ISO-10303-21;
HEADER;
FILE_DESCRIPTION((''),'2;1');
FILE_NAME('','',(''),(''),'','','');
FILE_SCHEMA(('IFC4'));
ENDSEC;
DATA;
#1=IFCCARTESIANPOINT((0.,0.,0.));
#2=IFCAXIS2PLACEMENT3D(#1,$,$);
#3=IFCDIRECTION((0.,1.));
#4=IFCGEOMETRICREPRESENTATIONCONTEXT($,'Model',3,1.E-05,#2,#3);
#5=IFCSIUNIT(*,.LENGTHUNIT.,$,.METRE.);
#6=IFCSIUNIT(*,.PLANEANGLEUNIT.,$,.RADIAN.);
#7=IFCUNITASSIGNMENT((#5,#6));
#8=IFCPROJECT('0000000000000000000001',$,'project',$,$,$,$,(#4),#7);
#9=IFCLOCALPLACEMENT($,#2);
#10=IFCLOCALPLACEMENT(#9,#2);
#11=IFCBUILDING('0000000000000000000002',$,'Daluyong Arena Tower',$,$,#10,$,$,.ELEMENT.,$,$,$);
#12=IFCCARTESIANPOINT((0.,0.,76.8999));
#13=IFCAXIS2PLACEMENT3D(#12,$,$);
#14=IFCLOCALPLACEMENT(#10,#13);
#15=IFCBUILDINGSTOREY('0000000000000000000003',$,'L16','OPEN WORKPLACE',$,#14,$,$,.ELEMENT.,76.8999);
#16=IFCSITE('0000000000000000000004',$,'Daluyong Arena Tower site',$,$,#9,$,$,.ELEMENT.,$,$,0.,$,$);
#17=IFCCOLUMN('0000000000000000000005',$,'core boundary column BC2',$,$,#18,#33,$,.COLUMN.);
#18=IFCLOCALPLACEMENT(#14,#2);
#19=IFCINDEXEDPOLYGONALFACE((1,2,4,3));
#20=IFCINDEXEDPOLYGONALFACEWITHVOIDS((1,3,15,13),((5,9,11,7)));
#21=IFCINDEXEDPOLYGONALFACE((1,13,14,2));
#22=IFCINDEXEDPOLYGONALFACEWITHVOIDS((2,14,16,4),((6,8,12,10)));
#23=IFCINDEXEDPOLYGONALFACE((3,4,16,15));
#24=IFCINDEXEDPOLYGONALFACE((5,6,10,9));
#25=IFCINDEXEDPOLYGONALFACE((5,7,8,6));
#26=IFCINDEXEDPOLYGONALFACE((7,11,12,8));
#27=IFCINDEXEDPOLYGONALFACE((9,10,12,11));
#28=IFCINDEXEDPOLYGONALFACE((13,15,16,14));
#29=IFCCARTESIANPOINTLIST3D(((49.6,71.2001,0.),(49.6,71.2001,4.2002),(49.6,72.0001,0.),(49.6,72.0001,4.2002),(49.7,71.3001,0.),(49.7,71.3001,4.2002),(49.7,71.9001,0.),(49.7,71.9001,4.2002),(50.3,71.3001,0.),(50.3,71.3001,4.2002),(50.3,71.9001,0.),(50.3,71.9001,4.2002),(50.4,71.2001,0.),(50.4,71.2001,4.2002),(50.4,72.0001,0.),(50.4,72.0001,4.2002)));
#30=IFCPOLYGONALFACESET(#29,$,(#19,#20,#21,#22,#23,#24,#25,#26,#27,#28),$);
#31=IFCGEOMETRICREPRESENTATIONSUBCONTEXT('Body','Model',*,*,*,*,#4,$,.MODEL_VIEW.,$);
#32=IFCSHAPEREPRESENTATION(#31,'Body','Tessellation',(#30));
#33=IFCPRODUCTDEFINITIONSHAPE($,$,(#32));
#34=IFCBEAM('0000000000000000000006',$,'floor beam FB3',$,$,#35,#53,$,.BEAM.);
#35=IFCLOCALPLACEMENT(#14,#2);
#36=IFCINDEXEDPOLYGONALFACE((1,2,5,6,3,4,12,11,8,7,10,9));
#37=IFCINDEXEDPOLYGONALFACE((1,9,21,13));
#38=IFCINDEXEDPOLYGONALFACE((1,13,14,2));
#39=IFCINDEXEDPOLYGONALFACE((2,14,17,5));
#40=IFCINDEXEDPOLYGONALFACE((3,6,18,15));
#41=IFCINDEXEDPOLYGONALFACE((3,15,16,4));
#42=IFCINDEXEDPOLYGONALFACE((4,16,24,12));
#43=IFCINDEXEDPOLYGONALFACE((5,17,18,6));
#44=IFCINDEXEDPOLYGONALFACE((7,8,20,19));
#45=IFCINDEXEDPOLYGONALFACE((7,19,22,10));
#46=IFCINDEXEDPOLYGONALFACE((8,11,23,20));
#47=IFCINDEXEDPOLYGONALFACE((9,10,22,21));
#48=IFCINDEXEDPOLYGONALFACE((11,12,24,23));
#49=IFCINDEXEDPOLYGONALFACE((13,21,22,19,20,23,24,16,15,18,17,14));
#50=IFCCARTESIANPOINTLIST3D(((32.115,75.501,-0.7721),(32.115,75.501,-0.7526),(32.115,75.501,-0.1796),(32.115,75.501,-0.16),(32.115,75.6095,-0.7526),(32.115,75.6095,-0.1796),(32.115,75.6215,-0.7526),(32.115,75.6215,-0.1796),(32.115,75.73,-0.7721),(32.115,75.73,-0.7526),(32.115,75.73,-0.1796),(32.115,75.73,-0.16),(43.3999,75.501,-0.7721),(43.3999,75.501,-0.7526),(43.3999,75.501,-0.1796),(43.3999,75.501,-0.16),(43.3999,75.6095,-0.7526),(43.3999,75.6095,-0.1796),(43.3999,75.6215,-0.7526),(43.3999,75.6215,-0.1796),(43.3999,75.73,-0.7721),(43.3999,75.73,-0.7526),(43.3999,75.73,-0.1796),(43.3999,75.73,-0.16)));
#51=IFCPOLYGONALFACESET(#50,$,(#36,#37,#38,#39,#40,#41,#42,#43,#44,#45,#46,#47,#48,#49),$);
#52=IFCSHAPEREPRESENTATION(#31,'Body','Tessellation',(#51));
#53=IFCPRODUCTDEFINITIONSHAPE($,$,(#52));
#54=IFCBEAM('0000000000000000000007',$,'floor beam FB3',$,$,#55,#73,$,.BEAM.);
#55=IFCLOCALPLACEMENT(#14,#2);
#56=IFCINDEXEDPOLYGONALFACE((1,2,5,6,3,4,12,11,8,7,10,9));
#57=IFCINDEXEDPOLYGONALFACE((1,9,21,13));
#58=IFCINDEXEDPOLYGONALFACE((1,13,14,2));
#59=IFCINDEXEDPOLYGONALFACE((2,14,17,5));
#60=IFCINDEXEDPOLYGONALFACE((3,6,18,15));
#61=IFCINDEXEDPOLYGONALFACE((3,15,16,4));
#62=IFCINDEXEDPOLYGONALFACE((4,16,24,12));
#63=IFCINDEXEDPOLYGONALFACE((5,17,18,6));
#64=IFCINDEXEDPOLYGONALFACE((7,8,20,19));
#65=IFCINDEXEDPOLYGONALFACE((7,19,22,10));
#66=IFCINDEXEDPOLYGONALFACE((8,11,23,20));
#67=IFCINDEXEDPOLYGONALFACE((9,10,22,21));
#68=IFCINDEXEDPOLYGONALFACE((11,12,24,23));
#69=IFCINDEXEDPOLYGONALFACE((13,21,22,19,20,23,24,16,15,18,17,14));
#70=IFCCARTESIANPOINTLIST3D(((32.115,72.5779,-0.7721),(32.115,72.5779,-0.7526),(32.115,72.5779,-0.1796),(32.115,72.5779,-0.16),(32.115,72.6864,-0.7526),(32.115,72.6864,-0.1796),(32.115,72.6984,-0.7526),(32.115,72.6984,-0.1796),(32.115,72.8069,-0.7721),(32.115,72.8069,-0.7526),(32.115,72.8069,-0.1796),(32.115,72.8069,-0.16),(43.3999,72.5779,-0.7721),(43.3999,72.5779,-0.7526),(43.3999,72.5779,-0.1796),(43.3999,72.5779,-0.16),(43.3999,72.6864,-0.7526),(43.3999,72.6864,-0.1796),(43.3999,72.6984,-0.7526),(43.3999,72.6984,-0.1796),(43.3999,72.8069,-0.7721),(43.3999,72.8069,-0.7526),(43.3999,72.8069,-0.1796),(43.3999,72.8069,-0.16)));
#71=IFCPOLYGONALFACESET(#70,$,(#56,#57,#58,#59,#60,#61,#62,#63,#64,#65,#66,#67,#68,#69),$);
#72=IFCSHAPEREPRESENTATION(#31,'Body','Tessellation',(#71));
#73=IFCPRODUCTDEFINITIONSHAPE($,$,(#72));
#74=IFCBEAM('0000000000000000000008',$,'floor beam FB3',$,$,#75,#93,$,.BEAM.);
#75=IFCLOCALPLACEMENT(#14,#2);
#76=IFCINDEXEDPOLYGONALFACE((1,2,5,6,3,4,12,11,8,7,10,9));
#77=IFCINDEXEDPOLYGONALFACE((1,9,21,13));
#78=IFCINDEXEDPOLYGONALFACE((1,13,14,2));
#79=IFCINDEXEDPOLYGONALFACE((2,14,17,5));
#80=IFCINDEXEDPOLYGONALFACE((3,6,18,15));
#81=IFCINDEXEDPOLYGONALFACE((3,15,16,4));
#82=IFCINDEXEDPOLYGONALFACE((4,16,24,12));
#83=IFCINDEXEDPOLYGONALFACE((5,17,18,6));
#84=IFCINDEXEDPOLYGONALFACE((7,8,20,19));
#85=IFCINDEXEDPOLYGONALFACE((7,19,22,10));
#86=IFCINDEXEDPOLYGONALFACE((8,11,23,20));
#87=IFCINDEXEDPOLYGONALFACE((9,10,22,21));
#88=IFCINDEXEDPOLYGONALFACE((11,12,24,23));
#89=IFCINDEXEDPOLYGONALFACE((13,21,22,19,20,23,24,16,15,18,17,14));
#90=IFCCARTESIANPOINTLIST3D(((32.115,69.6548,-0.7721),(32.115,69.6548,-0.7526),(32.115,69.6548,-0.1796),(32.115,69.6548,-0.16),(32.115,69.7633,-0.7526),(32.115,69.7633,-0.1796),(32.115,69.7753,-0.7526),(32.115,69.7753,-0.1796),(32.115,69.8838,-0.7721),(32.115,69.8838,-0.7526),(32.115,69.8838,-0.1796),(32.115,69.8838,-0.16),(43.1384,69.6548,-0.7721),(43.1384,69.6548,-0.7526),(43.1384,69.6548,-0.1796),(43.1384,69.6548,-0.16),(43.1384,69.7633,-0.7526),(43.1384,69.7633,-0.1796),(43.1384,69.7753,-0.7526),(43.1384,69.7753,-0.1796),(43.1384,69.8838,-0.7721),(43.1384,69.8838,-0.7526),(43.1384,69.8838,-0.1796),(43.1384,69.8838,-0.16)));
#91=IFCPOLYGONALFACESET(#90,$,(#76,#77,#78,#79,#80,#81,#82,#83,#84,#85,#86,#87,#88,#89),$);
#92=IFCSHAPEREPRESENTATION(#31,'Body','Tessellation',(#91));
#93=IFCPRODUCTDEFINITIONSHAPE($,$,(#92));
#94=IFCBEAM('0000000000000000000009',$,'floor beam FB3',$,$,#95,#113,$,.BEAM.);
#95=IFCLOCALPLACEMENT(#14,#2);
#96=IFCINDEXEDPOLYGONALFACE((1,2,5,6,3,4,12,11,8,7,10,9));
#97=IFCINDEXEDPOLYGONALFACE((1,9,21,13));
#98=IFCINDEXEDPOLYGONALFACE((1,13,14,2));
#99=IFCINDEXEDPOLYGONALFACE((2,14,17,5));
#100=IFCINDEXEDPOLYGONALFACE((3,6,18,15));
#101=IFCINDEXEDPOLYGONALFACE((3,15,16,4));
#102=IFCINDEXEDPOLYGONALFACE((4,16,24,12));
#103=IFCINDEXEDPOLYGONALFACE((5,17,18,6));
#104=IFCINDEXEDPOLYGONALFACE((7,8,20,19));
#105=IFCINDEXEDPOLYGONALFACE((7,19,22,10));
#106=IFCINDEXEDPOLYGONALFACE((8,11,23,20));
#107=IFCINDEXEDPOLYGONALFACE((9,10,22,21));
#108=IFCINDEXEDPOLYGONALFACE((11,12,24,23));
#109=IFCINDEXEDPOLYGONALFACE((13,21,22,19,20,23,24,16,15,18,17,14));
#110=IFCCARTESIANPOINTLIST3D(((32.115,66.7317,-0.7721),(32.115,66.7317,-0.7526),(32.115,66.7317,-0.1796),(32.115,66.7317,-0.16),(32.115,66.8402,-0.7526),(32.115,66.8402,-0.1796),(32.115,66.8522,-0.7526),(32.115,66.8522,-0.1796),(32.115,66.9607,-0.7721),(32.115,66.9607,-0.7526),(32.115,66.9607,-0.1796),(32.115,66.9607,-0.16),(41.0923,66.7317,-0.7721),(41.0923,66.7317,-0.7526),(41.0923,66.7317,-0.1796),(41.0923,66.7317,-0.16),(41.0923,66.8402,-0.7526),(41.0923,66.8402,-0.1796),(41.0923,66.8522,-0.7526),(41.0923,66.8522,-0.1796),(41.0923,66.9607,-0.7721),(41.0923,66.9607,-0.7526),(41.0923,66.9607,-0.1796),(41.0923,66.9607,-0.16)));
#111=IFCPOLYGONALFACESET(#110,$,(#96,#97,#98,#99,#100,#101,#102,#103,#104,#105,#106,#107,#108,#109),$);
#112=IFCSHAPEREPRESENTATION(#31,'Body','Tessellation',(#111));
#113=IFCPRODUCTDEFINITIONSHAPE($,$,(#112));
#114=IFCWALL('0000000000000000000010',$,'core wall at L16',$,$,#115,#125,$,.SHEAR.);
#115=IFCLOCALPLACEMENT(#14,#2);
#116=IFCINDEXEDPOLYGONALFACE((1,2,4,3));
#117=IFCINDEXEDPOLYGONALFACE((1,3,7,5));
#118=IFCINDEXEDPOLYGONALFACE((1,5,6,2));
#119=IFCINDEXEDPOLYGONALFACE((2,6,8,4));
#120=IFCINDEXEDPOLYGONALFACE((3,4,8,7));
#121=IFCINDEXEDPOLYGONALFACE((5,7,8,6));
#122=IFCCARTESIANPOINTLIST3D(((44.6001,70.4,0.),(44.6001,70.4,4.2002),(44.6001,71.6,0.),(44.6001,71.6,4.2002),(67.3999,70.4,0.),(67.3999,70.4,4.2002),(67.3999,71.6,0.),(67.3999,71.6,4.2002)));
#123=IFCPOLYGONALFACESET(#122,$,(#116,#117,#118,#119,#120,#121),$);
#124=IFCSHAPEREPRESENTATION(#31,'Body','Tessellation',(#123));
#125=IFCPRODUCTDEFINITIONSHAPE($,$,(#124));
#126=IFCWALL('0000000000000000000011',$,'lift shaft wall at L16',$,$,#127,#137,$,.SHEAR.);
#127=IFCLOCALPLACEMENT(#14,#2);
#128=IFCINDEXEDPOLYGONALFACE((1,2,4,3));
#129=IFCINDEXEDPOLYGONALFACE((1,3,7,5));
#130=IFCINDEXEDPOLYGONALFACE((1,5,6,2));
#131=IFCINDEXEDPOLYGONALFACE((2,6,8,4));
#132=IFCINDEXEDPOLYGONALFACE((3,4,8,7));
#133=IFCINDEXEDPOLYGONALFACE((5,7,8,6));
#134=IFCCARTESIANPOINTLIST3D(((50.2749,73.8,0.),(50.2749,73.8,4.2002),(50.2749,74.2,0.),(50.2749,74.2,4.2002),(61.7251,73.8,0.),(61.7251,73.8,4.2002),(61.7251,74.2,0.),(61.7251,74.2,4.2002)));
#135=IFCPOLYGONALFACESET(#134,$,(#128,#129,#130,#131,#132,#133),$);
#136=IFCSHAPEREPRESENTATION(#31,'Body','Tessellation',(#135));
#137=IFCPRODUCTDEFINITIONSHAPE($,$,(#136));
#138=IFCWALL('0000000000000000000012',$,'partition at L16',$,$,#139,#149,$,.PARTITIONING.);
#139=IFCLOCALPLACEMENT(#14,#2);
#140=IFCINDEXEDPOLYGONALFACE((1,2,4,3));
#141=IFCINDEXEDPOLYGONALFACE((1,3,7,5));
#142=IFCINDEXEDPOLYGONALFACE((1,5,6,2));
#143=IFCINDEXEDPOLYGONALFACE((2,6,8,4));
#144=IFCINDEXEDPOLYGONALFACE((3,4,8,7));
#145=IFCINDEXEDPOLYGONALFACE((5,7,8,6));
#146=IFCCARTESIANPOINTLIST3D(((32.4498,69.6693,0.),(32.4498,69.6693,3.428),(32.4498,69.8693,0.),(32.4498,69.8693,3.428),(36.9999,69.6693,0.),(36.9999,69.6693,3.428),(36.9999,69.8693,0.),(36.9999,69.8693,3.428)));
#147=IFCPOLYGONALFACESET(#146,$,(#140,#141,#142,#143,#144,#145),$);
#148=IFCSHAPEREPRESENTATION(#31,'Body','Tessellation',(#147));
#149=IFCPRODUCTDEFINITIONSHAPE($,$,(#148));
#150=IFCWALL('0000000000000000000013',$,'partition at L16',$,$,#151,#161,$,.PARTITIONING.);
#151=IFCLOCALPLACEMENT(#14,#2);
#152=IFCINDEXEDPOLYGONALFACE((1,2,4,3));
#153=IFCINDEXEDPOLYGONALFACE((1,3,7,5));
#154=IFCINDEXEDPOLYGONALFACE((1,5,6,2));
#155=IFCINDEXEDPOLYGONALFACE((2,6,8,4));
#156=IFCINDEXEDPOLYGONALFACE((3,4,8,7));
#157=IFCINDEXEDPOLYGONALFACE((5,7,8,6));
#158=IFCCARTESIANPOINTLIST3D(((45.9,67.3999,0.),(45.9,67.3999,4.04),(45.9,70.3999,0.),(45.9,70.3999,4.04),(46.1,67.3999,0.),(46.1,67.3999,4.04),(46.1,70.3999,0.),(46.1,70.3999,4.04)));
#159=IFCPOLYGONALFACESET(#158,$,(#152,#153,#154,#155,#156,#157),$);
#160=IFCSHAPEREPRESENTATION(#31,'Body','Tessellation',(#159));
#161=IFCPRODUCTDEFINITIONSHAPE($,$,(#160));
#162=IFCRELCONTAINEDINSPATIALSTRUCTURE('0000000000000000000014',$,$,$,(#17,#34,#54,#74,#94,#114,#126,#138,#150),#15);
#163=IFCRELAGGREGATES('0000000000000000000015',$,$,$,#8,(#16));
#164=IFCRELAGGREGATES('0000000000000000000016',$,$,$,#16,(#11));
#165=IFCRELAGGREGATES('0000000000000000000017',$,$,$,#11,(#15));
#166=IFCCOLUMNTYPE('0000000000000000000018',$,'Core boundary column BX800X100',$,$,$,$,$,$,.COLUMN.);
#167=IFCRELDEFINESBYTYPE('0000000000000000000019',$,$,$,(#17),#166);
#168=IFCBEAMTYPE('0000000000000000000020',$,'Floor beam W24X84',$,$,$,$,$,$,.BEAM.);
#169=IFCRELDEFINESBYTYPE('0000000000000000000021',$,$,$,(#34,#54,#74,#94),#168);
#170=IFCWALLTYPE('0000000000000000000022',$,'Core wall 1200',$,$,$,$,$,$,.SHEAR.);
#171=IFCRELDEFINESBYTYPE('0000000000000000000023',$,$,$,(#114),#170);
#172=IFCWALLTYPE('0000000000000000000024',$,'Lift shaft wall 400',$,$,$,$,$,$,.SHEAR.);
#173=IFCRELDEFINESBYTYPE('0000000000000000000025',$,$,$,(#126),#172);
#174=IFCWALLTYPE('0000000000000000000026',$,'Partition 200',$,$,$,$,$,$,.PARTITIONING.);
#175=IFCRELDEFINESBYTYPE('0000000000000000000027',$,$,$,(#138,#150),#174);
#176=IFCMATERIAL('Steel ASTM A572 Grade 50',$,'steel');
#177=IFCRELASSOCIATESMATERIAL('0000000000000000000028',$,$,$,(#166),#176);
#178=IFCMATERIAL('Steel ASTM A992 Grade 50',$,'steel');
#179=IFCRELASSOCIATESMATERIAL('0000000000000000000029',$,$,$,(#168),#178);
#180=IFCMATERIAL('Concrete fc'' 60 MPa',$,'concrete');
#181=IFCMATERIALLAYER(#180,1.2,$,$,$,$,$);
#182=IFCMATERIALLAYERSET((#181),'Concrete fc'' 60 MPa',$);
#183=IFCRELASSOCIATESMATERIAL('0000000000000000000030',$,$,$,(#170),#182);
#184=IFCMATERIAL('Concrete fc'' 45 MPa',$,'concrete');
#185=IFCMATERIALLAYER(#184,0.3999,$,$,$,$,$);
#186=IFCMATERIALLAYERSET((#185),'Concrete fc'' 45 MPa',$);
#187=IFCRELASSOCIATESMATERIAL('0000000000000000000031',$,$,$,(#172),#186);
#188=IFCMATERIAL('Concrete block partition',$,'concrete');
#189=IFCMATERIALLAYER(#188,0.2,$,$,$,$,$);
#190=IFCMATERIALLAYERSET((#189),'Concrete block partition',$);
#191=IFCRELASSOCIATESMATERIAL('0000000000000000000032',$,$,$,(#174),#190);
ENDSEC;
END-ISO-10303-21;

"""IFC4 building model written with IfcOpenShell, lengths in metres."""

from ifc_helpers import new_model, si_unit, direction, frame, frame_2d, origin, origin_2d, place, context, subcontext, project, spatial, rectangle, hollow_rectangle, i_section, extrude, material, layer, layer_set, material_profile, profile_set, type_object, element, save


model = new_model("IFC4")

# Units and contexts
model_context = context("Model", 3, precision=1e-05, world=origin(), true_north=direction((0.0, 1.0)))
body_context = subcontext(model_context, "Body", "Model", "MODEL_VIEW")
ifc_project = project(units=[si_unit("LENGTHUNIT", "METRE"), si_unit("PLANEANGLEUNIT", "RADIAN")], contexts=[model_context])

# Site, building, storey
site_placement = place(None, origin())
site = spatial("IfcSite", under=ifc_project, at=site_placement, Name="Daluyong Arena Tower site", CompositionType="ELEMENT", RefElevation=0.0)
building_placement = place(site_placement, origin())
building = spatial("IfcBuilding", under=site, at=building_placement, Name="Daluyong Arena Tower", CompositionType="ELEMENT")
storey_placement = place(building_placement, frame((0.0, 0.0, 76.8999)))
storey = spatial("IfcBuildingStorey", under=building, at=storey_placement, Name="L16", Description="OPEN WORKPLACE", CompositionType="ELEMENT", Elevation=76.8999)

# Column
ifc_material_1 = material(Name="Steel ASTM A572 Grade 50", Category="steel")
ifc_material_profile_1 = material_profile(ifc_material_1, hollow_rectangle(XDim=0.8, YDim=0.8, WallThickness=0.1, at=origin_2d()))
ifc_profile_set_1 = profile_set([ifc_material_profile_1], Name="Steel ASTM A572 Grade 50")
column_type = type_object("IfcColumnType", Name="Core boundary column BX800X100", PredefinedType="COLUMN", material=ifc_profile_set_1)
column_placement = place(storey_placement, frame((50.0, 71.6001, 0.0), z_axis=(0.0, 0.0, 1.0), x_axis=(1.0, 0.0, 0.0)))
element("IfcColumn", 1, at=column_placement, inside=storey, type_object=column_type, Name="core boundary column BC2", PredefinedType="COLUMN", context=body_context, shape_type="SweptSolid", body=[
    extrude(hollow_rectangle(XDim=0.8, YDim=0.8, WallThickness=0.1, at=origin_2d()), origin(), (0.0, 0.0, 1.0), 4.2002),
])

# Beams
ifc_material_2 = material(Name="Steel ASTM A992 Grade 50", Category="steel")
ifc_material_profile_2 = material_profile(ifc_material_2, i_section(OverallWidth=0.229, OverallDepth=0.6121, WebThickness=0.012, FlangeThickness=0.0195, at=origin_2d()))
ifc_profile_set_2 = profile_set([ifc_material_profile_2], Name="Steel ASTM A992 Grade 50")
beam_type = type_object("IfcBeamType", Name="Floor beam W24X84", PredefinedType="BEAM", material=ifc_profile_set_2)
for number, where, z_axis, x_axis, name in (
    (2, (32.115, 75.6155, -0.4661), (1.0, 0.0, 0.0), (0.0, 1.0, 0.0), "floor beam FB3"),
    (3, (32.115, 72.6924, -0.4661), (1.0, 0.0, 0.0), (0.0, 1.0, 0.0), "floor beam FB3"),
):
    element("IfcBeam", number, at=place(storey_placement, frame(where, z_axis=z_axis, x_axis=x_axis)), inside=storey, type_object=beam_type, Name=name, PredefinedType="BEAM", context=body_context, shape_type="SweptSolid", body=[
        extrude(i_section(OverallWidth=0.229, OverallDepth=0.6121, WebThickness=0.012, FlangeThickness=0.0195, at=origin_2d()), origin(), (0.0, 0.0, 1.0), 11.2849),
    ])
beam_1_placement = place(storey_placement, frame((32.115, 69.7693, -0.4661), z_axis=(1.0, 0.0, 0.0), x_axis=(0.0, 1.0, 0.0)))
element("IfcBeam", 4, at=beam_1_placement, inside=storey, type_object=beam_type, Name="floor beam FB3", PredefinedType="BEAM", context=body_context, shape_type="SweptSolid", body=[
    extrude(i_section(OverallWidth=0.229, OverallDepth=0.6121, WebThickness=0.012, FlangeThickness=0.0195, at=origin_2d()), origin(), (0.0, 0.0, 1.0), 11.0234),
])
beam_2_placement = place(storey_placement, frame((32.115, 66.8462, -0.4661), z_axis=(1.0, 0.0, 0.0), x_axis=(0.0, 1.0, 0.0)))
element("IfcBeam", 5, at=beam_2_placement, inside=storey, type_object=beam_type, Name="floor beam FB3", PredefinedType="BEAM", context=body_context, shape_type="SweptSolid", body=[
    extrude(i_section(OverallWidth=0.229, OverallDepth=0.6121, WebThickness=0.012, FlangeThickness=0.0195, at=origin_2d()), origin(), (0.0, 0.0, 1.0), 8.9773),
])

# Shared definitions
ifc_material_3 = material(Name="Concrete fc' 60 MPa", Category="concrete")
ifc_layer_1 = layer(ifc_material_3, 1.2)
ifc_layer_set_1 = layer_set([ifc_layer_1], Name="Concrete fc' 60 MPa")
wall_type_1 = type_object("IfcWallType", Name="Core wall 1200", PredefinedType="SHEAR", material=ifc_layer_set_1)

# Walls
wall_1_placement = place(storey_placement, frame((44.6001, 71.0, 0.0), z_axis=(0.0, 0.0, 1.0), x_axis=(1.0, 0.0, 0.0)))
element("IfcWall", 6, at=wall_1_placement, inside=storey, type_object=wall_type_1, Name="core wall at L16", PredefinedType="SHEAR", context=body_context, shape_type="SweptSolid", body=[
    extrude(rectangle(XDim=22.7998, YDim=1.2, at=frame_2d((11.3999, 0.0))), origin(), (0.0, 0.0, 1.0), 4.2002),
])
ifc_material_4 = material(Name="Concrete fc' 45 MPa", Category="concrete")
ifc_layer_2 = layer(ifc_material_4, 0.3999)
ifc_layer_set_2 = layer_set([ifc_layer_2], Name="Concrete fc' 45 MPa")
wall_type_2 = type_object("IfcWallType", Name="Lift shaft wall 400", PredefinedType="SHEAR", material=ifc_layer_set_2)
wall_2_placement = place(storey_placement, frame((50.2749, 74.0, 0.0), z_axis=(0.0, 0.0, 1.0), x_axis=(1.0, 0.0, 0.0)))
element("IfcWall", 7, at=wall_2_placement, inside=storey, type_object=wall_type_2, Name="lift shaft wall at L16", PredefinedType="SHEAR", context=body_context, shape_type="SweptSolid", body=[
    extrude(rectangle(XDim=11.4502, YDim=0.3999, at=frame_2d((5.7251, 0.0))), origin(), (0.0, 0.0, 1.0), 4.2002),
])
ifc_material_5 = material(Name="Concrete block partition", Category="concrete")
ifc_layer_3 = layer(ifc_material_5, 0.2)
ifc_layer_set_3 = layer_set([ifc_layer_3], Name="Concrete block partition")
wall_type_3 = type_object("IfcWallType", Name="Partition 200", PredefinedType="PARTITIONING", material=ifc_layer_set_3)
wall_3_placement = place(storey_placement, frame((32.45, 69.7693, 0.0), z_axis=(0.0, 0.0, 1.0), x_axis=(1.0, 0.0, 0.0)))
element("IfcWall", 8, at=wall_3_placement, inside=storey, type_object=wall_type_3, Name="partition at L16", PredefinedType="PARTITIONING", context=body_context, shape_type="SweptSolid", body=[
    extrude(rectangle(XDim=4.55, YDim=0.2, at=frame_2d((2.2749, 0.0))), origin(), (0.0, 0.0, 1.0), 3.428),
])
wall_4_placement = place(storey_placement, frame((46.0, 67.3999, 0.0), z_axis=(0.0, 0.0, 1.0), x_axis=(0.0, 1.0, 0.0)))
element("IfcWall", 9, at=wall_4_placement, inside=storey, type_object=wall_type_3, Name="partition at L16", PredefinedType="PARTITIONING", context=body_context, shape_type="SweptSolid", body=[
    extrude(rectangle(XDim=3.0, YDim=0.2, at=frame_2d((1.5, 0.0))), origin(), (0.0, 0.0, 1.0), 4.04),
])

save(model, "model.ifc")
